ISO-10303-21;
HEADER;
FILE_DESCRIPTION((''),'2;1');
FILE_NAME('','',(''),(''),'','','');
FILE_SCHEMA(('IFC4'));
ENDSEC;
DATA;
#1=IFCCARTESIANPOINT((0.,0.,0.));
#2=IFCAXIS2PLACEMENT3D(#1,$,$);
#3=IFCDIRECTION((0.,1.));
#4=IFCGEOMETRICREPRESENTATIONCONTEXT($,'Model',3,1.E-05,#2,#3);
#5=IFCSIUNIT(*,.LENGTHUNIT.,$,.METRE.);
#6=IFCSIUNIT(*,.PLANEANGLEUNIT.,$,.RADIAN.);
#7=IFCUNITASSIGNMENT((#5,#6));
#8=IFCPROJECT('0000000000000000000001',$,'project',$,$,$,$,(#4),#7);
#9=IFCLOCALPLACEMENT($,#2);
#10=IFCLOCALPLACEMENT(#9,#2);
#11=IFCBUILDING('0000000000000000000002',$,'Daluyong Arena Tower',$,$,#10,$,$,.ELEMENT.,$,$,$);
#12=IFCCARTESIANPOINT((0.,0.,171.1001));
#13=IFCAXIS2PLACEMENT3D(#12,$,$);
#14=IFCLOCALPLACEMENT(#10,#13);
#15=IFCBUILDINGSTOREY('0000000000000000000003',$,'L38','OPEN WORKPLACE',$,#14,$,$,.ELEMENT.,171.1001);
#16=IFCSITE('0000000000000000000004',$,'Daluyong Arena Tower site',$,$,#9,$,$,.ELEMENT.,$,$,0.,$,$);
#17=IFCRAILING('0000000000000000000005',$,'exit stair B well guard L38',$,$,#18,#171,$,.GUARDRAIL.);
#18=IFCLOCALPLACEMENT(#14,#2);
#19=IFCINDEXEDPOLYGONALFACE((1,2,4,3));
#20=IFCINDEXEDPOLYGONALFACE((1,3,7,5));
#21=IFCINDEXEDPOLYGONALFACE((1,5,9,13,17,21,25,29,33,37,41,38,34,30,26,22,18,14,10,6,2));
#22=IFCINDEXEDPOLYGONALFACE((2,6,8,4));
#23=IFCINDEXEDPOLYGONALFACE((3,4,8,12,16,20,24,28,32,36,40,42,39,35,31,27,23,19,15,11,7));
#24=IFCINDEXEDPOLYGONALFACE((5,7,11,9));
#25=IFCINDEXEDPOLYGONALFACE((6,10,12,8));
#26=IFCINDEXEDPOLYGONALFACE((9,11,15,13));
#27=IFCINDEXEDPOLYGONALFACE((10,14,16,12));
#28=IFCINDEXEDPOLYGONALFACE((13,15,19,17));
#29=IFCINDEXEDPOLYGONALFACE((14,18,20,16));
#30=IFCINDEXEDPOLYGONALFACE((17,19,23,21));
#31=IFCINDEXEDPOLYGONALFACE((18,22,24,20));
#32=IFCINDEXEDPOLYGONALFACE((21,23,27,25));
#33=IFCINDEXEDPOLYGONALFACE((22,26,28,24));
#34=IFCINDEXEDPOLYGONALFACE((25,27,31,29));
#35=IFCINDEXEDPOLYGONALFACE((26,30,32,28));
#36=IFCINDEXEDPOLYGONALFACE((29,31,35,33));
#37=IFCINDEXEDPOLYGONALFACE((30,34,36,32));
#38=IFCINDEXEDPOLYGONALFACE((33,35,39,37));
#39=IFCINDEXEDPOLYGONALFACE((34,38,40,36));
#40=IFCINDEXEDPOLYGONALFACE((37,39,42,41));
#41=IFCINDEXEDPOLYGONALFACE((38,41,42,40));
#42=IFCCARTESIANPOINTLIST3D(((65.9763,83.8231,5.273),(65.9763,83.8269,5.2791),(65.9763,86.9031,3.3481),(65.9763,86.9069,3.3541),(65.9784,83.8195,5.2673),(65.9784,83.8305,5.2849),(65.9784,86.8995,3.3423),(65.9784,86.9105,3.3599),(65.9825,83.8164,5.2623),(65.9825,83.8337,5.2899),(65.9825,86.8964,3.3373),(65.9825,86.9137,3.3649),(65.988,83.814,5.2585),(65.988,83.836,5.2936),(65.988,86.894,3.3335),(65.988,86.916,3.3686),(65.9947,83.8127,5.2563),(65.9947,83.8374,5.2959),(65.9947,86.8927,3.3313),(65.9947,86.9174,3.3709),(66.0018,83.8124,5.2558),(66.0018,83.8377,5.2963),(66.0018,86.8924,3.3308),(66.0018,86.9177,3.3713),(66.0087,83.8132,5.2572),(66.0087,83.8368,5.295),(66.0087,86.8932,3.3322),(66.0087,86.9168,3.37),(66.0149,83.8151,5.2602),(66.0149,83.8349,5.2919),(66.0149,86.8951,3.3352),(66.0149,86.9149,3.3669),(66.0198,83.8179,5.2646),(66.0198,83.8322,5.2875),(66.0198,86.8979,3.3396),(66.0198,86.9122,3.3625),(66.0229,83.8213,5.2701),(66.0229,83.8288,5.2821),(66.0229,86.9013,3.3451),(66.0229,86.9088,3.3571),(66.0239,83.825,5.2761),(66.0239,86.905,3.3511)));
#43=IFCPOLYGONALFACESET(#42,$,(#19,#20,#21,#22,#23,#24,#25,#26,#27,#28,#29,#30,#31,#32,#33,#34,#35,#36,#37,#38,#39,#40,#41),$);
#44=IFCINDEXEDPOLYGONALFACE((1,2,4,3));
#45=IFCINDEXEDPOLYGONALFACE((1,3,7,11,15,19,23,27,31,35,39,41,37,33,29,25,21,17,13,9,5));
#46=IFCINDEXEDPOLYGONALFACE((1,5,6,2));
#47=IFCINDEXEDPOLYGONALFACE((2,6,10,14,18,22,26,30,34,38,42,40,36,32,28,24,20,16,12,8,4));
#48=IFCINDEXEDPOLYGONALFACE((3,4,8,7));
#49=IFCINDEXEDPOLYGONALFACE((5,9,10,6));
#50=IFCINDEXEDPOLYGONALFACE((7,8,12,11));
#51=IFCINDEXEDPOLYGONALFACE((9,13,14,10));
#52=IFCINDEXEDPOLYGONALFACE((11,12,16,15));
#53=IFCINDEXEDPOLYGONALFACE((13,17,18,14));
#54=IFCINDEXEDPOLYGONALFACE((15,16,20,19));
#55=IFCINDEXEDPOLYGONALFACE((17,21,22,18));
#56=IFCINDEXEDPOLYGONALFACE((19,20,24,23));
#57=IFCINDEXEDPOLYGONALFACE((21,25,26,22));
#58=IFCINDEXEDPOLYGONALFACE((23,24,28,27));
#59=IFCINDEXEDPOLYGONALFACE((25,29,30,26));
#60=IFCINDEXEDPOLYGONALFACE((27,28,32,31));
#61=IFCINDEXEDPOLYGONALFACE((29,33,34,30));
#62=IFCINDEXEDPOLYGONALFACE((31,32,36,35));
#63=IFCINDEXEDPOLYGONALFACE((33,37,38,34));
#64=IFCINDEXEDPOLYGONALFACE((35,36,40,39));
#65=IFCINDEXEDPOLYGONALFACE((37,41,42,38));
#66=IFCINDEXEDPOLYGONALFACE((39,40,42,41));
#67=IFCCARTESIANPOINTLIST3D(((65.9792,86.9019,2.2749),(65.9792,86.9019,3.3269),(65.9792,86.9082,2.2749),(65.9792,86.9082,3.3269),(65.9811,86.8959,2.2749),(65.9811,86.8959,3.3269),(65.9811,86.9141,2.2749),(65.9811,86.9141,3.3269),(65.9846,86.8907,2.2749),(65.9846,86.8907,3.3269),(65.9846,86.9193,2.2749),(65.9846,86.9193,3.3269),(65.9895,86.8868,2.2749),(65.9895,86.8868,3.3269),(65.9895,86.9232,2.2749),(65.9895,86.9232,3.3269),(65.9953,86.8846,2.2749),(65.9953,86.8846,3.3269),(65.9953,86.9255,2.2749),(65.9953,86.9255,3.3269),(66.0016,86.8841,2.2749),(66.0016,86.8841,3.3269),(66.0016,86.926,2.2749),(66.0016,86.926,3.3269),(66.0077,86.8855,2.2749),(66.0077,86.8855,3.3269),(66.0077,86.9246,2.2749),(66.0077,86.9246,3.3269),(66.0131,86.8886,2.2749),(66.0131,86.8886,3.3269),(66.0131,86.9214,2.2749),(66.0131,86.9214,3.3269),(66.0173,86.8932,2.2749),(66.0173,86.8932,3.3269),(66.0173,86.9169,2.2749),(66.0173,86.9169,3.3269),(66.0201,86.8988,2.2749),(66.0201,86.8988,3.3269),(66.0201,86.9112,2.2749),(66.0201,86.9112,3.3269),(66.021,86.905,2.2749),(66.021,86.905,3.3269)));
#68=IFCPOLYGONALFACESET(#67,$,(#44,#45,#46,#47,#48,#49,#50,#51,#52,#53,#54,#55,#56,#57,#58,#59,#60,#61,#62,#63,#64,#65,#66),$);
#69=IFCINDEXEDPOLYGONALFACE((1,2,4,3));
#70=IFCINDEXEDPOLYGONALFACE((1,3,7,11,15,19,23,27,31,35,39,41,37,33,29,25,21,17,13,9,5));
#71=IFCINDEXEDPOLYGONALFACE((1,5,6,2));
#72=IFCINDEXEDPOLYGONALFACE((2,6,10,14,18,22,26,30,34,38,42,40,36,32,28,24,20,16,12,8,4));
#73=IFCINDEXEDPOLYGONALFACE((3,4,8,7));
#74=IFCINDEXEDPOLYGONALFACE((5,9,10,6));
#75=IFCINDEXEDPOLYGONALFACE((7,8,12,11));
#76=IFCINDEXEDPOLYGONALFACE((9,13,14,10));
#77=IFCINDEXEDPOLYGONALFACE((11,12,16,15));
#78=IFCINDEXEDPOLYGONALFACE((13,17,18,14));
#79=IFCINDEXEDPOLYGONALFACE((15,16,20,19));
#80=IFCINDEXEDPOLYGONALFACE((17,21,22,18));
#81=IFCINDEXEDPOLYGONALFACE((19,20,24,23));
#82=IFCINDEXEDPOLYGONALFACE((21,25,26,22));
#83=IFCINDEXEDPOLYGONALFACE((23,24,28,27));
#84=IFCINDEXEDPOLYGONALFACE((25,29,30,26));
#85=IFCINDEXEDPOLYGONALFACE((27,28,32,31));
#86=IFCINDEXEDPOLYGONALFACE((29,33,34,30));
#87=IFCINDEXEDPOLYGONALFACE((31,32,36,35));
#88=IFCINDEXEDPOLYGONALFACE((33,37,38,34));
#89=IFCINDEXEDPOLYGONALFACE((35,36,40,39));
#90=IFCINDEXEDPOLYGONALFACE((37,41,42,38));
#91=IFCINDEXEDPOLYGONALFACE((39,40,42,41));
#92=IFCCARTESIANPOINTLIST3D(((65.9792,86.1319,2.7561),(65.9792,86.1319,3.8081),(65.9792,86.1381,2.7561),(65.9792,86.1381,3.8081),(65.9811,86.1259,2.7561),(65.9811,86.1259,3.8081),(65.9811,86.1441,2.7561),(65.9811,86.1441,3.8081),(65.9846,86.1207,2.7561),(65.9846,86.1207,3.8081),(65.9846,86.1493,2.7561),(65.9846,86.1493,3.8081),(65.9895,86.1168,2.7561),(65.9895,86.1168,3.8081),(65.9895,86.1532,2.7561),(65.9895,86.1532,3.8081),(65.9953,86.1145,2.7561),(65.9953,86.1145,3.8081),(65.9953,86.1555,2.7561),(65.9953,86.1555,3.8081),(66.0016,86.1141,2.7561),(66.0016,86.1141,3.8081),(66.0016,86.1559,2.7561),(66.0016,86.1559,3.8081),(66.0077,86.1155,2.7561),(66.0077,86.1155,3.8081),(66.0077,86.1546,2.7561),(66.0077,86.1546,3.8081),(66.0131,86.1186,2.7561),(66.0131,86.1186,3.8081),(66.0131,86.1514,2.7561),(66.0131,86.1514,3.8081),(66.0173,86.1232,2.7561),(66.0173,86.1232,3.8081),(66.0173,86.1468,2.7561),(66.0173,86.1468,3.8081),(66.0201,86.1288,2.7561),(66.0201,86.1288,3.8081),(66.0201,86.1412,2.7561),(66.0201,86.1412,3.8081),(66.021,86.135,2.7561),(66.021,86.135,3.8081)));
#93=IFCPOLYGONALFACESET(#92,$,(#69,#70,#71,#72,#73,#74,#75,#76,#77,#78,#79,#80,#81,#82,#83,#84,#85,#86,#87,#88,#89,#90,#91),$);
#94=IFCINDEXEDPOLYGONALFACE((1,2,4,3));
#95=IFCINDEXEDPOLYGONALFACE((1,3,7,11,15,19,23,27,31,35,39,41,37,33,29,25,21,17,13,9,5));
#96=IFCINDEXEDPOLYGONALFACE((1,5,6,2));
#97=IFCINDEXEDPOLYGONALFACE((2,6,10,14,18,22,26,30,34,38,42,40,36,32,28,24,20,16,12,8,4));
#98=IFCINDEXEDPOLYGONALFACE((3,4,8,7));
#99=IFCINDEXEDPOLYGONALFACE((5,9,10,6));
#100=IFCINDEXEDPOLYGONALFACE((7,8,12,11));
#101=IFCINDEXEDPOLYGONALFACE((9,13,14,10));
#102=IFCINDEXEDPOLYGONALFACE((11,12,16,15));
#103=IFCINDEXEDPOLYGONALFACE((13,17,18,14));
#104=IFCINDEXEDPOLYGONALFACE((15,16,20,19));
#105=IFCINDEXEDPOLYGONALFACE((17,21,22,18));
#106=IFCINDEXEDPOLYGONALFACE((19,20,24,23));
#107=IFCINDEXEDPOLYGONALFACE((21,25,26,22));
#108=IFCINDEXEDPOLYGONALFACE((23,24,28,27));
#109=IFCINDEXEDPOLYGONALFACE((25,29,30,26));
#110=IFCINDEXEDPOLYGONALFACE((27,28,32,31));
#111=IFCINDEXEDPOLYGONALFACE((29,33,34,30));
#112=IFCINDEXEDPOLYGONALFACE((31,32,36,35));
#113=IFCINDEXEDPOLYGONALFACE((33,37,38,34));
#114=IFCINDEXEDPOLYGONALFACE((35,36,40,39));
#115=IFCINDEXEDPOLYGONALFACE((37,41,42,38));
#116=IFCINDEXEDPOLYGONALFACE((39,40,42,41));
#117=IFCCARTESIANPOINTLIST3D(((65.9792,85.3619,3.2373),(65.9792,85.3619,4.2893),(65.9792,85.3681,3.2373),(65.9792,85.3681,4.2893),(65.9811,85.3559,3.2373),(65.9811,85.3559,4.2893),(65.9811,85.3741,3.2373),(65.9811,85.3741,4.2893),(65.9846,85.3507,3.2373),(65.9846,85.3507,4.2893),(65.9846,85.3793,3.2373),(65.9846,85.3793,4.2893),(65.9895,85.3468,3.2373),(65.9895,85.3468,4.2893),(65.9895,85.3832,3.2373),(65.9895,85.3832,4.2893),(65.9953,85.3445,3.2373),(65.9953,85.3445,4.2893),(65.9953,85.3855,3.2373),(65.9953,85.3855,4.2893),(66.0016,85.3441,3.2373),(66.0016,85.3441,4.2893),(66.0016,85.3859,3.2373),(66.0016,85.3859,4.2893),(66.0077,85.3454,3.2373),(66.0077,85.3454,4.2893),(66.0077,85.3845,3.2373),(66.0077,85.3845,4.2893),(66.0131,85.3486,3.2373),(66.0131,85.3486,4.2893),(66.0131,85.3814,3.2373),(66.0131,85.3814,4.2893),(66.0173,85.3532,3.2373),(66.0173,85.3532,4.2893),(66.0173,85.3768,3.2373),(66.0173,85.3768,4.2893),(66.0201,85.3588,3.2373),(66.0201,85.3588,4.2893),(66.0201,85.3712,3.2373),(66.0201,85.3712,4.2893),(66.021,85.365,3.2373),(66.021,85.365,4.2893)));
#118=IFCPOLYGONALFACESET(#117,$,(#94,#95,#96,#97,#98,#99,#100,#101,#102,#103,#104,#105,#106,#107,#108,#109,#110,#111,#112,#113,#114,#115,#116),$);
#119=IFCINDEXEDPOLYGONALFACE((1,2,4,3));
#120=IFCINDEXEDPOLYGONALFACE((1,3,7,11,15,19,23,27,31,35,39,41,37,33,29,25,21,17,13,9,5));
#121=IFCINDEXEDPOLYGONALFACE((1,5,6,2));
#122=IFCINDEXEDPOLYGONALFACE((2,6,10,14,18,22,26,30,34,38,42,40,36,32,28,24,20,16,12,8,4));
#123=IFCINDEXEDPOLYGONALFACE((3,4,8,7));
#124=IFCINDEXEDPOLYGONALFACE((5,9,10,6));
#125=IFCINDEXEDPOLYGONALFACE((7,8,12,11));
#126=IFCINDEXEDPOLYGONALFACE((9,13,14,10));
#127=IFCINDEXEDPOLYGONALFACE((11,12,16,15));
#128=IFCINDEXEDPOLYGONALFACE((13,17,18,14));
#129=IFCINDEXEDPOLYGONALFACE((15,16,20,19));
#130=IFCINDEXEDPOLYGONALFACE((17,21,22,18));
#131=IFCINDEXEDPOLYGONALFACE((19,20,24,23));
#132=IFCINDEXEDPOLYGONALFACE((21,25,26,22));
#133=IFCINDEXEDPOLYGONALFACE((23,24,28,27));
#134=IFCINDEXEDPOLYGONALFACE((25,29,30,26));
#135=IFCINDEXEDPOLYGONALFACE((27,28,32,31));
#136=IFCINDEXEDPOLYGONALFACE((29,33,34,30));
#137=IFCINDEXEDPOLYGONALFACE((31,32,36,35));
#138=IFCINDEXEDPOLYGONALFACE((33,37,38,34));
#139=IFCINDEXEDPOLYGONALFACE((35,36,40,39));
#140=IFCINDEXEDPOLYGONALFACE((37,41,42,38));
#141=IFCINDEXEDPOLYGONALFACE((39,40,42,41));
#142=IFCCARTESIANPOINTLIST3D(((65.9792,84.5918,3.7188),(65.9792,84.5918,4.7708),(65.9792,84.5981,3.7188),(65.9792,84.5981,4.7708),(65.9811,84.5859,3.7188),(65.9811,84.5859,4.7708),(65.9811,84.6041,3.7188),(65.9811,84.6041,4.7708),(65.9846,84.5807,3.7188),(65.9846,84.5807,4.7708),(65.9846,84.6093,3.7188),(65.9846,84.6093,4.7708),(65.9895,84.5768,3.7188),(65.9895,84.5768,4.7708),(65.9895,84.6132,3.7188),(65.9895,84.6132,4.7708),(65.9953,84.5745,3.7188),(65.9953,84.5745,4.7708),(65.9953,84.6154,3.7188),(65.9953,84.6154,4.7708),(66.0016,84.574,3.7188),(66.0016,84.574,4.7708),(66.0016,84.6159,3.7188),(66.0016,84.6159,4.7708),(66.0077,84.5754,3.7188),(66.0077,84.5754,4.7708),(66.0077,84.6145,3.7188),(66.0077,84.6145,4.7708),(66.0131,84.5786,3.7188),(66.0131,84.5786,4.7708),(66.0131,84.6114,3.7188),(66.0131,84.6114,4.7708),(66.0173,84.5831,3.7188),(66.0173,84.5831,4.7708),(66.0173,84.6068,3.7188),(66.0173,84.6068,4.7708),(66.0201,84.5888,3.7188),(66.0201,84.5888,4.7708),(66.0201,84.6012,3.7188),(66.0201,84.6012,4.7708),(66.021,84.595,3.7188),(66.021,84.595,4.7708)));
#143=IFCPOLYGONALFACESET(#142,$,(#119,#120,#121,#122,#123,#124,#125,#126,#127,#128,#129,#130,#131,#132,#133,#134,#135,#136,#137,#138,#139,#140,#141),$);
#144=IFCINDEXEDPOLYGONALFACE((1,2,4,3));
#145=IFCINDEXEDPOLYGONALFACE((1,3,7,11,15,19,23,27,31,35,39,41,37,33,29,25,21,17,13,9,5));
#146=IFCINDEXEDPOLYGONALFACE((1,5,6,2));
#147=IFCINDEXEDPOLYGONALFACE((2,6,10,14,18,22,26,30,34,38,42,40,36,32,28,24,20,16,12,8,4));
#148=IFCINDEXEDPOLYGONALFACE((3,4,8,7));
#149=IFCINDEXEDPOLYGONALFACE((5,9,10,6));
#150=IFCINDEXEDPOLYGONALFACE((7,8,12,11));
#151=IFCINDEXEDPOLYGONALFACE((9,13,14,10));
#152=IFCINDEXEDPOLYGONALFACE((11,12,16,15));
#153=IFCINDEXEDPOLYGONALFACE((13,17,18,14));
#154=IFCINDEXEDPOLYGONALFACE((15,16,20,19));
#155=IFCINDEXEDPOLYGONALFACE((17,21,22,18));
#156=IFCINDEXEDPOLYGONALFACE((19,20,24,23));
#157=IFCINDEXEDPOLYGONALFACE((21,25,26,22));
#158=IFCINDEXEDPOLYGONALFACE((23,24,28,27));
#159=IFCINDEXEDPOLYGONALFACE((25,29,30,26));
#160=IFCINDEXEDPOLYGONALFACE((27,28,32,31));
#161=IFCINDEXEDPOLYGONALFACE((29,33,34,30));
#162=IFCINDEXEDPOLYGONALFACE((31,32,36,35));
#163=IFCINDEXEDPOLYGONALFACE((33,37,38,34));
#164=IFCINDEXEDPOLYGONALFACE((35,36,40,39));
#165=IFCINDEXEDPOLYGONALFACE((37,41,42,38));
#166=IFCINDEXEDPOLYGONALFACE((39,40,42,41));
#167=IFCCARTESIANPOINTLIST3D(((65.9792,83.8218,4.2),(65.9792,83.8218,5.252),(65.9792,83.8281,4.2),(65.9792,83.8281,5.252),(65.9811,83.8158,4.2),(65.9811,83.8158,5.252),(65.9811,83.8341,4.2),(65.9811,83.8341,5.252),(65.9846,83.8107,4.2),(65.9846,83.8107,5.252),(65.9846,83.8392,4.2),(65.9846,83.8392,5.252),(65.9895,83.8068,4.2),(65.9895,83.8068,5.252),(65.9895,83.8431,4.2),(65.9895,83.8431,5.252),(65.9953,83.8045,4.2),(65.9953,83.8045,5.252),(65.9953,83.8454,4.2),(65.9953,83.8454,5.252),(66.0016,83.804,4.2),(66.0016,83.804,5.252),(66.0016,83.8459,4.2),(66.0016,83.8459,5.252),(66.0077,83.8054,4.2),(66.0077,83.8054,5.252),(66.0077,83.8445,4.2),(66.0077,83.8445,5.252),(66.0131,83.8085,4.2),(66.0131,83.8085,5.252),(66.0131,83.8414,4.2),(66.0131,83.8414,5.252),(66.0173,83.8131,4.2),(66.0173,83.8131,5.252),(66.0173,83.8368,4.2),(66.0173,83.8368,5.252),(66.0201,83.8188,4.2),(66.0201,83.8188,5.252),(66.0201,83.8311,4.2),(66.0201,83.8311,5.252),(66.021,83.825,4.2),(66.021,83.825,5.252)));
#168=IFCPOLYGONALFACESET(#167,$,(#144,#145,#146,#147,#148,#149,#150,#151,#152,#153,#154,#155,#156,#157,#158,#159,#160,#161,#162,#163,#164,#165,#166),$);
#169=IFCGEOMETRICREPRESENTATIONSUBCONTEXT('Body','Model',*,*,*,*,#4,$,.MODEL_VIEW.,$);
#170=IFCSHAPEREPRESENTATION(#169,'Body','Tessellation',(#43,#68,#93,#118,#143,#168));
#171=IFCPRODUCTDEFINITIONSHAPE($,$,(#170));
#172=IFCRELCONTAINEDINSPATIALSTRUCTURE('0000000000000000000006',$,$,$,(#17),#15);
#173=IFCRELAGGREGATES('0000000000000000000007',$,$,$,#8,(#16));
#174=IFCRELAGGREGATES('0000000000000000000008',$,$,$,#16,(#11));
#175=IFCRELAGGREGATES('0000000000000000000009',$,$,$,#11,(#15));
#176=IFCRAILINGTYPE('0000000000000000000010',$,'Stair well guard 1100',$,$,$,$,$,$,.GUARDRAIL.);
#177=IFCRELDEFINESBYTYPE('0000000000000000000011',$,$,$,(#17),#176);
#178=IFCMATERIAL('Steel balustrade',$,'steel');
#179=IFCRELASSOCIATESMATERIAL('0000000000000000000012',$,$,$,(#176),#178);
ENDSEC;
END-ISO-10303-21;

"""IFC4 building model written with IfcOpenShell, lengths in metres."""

from ifc_helpers import new_model, si_unit, direction, frame, origin, origin_2d, place, context, subcontext, project, spatial, circle, extrude, material, type_object, element, save


model = new_model("IFC4")

# Units and contexts
model_context = context("Model", 3, precision=1e-05, world=origin(), true_north=direction((0.0, 1.0)))
body_context = subcontext(model_context, "Body", "Model", "MODEL_VIEW")
ifc_project = project(units=[si_unit("LENGTHUNIT", "METRE"), si_unit("PLANEANGLEUNIT", "RADIAN")], contexts=[model_context])

# Site, building, storey
site_placement = place(None, origin())
site = spatial("IfcSite", under=ifc_project, at=site_placement, Name="Daluyong Arena Tower site", CompositionType="ELEMENT", RefElevation=0.0)
building_placement = place(site_placement, origin())
building = spatial("IfcBuilding", under=site, at=building_placement, Name="Daluyong Arena Tower", CompositionType="ELEMENT")
storey_placement = place(building_placement, frame((0.0, 0.0, 171.1001)))
storey = spatial("IfcBuildingStorey", under=building, at=storey_placement, Name="L38", Description="OPEN WORKPLACE", CompositionType="ELEMENT", Elevation=171.1001)

# Railing
ifc_material_1 = material(Name="Steel balustrade", Category="steel")
railing_type_1 = type_object("IfcRailingType", Name="Stair well guard 1100", PredefinedType="GUARDRAIL", material=ifc_material_1)
railing_1_placement = place(storey_placement, frame((66.0, 86.905, 2.2749)))
element("IfcRailing", 1, at=railing_1_placement, inside=storey, type_object=railing_type_1, Name="exit stair B well guard L38", PredefinedType="GUARDRAIL", context=body_context, shape_type="SweptSolid", body=[
    extrude(circle(Radius=0.0239, at=origin_2d()), frame((0.0, 0.0, 1.0762), z_axis=(0.0, -0.847998, 0.529999), x_axis=(1.0, 0.0, 0.0)), (0.0, 0.0, 1.0), 3.6321),
    extrude(circle(Radius=0.021, at=origin_2d()), origin(), (0.0, 0.0, 1.0), 1.052),
    extrude(circle(Radius=0.021, at=origin_2d()), frame((0.0, -0.77, 0.4812)), (0.0, 0.0, 1.0), 1.052),
    extrude(circle(Radius=0.021, at=origin_2d()), frame((0.0, -1.54, 0.9624)), (0.0, 0.0, 1.0), 1.052),
    extrude(circle(Radius=0.021, at=origin_2d()), frame((0.0, -2.3101, 1.4438)), (0.0, 0.0, 1.0), 1.052),
    extrude(circle(Radius=0.021, at=origin_2d()), frame((0.0, -3.0801, 1.925)), (0.0, 0.0, 1.0), 1.052),
])

save(model, "model.ifc")
